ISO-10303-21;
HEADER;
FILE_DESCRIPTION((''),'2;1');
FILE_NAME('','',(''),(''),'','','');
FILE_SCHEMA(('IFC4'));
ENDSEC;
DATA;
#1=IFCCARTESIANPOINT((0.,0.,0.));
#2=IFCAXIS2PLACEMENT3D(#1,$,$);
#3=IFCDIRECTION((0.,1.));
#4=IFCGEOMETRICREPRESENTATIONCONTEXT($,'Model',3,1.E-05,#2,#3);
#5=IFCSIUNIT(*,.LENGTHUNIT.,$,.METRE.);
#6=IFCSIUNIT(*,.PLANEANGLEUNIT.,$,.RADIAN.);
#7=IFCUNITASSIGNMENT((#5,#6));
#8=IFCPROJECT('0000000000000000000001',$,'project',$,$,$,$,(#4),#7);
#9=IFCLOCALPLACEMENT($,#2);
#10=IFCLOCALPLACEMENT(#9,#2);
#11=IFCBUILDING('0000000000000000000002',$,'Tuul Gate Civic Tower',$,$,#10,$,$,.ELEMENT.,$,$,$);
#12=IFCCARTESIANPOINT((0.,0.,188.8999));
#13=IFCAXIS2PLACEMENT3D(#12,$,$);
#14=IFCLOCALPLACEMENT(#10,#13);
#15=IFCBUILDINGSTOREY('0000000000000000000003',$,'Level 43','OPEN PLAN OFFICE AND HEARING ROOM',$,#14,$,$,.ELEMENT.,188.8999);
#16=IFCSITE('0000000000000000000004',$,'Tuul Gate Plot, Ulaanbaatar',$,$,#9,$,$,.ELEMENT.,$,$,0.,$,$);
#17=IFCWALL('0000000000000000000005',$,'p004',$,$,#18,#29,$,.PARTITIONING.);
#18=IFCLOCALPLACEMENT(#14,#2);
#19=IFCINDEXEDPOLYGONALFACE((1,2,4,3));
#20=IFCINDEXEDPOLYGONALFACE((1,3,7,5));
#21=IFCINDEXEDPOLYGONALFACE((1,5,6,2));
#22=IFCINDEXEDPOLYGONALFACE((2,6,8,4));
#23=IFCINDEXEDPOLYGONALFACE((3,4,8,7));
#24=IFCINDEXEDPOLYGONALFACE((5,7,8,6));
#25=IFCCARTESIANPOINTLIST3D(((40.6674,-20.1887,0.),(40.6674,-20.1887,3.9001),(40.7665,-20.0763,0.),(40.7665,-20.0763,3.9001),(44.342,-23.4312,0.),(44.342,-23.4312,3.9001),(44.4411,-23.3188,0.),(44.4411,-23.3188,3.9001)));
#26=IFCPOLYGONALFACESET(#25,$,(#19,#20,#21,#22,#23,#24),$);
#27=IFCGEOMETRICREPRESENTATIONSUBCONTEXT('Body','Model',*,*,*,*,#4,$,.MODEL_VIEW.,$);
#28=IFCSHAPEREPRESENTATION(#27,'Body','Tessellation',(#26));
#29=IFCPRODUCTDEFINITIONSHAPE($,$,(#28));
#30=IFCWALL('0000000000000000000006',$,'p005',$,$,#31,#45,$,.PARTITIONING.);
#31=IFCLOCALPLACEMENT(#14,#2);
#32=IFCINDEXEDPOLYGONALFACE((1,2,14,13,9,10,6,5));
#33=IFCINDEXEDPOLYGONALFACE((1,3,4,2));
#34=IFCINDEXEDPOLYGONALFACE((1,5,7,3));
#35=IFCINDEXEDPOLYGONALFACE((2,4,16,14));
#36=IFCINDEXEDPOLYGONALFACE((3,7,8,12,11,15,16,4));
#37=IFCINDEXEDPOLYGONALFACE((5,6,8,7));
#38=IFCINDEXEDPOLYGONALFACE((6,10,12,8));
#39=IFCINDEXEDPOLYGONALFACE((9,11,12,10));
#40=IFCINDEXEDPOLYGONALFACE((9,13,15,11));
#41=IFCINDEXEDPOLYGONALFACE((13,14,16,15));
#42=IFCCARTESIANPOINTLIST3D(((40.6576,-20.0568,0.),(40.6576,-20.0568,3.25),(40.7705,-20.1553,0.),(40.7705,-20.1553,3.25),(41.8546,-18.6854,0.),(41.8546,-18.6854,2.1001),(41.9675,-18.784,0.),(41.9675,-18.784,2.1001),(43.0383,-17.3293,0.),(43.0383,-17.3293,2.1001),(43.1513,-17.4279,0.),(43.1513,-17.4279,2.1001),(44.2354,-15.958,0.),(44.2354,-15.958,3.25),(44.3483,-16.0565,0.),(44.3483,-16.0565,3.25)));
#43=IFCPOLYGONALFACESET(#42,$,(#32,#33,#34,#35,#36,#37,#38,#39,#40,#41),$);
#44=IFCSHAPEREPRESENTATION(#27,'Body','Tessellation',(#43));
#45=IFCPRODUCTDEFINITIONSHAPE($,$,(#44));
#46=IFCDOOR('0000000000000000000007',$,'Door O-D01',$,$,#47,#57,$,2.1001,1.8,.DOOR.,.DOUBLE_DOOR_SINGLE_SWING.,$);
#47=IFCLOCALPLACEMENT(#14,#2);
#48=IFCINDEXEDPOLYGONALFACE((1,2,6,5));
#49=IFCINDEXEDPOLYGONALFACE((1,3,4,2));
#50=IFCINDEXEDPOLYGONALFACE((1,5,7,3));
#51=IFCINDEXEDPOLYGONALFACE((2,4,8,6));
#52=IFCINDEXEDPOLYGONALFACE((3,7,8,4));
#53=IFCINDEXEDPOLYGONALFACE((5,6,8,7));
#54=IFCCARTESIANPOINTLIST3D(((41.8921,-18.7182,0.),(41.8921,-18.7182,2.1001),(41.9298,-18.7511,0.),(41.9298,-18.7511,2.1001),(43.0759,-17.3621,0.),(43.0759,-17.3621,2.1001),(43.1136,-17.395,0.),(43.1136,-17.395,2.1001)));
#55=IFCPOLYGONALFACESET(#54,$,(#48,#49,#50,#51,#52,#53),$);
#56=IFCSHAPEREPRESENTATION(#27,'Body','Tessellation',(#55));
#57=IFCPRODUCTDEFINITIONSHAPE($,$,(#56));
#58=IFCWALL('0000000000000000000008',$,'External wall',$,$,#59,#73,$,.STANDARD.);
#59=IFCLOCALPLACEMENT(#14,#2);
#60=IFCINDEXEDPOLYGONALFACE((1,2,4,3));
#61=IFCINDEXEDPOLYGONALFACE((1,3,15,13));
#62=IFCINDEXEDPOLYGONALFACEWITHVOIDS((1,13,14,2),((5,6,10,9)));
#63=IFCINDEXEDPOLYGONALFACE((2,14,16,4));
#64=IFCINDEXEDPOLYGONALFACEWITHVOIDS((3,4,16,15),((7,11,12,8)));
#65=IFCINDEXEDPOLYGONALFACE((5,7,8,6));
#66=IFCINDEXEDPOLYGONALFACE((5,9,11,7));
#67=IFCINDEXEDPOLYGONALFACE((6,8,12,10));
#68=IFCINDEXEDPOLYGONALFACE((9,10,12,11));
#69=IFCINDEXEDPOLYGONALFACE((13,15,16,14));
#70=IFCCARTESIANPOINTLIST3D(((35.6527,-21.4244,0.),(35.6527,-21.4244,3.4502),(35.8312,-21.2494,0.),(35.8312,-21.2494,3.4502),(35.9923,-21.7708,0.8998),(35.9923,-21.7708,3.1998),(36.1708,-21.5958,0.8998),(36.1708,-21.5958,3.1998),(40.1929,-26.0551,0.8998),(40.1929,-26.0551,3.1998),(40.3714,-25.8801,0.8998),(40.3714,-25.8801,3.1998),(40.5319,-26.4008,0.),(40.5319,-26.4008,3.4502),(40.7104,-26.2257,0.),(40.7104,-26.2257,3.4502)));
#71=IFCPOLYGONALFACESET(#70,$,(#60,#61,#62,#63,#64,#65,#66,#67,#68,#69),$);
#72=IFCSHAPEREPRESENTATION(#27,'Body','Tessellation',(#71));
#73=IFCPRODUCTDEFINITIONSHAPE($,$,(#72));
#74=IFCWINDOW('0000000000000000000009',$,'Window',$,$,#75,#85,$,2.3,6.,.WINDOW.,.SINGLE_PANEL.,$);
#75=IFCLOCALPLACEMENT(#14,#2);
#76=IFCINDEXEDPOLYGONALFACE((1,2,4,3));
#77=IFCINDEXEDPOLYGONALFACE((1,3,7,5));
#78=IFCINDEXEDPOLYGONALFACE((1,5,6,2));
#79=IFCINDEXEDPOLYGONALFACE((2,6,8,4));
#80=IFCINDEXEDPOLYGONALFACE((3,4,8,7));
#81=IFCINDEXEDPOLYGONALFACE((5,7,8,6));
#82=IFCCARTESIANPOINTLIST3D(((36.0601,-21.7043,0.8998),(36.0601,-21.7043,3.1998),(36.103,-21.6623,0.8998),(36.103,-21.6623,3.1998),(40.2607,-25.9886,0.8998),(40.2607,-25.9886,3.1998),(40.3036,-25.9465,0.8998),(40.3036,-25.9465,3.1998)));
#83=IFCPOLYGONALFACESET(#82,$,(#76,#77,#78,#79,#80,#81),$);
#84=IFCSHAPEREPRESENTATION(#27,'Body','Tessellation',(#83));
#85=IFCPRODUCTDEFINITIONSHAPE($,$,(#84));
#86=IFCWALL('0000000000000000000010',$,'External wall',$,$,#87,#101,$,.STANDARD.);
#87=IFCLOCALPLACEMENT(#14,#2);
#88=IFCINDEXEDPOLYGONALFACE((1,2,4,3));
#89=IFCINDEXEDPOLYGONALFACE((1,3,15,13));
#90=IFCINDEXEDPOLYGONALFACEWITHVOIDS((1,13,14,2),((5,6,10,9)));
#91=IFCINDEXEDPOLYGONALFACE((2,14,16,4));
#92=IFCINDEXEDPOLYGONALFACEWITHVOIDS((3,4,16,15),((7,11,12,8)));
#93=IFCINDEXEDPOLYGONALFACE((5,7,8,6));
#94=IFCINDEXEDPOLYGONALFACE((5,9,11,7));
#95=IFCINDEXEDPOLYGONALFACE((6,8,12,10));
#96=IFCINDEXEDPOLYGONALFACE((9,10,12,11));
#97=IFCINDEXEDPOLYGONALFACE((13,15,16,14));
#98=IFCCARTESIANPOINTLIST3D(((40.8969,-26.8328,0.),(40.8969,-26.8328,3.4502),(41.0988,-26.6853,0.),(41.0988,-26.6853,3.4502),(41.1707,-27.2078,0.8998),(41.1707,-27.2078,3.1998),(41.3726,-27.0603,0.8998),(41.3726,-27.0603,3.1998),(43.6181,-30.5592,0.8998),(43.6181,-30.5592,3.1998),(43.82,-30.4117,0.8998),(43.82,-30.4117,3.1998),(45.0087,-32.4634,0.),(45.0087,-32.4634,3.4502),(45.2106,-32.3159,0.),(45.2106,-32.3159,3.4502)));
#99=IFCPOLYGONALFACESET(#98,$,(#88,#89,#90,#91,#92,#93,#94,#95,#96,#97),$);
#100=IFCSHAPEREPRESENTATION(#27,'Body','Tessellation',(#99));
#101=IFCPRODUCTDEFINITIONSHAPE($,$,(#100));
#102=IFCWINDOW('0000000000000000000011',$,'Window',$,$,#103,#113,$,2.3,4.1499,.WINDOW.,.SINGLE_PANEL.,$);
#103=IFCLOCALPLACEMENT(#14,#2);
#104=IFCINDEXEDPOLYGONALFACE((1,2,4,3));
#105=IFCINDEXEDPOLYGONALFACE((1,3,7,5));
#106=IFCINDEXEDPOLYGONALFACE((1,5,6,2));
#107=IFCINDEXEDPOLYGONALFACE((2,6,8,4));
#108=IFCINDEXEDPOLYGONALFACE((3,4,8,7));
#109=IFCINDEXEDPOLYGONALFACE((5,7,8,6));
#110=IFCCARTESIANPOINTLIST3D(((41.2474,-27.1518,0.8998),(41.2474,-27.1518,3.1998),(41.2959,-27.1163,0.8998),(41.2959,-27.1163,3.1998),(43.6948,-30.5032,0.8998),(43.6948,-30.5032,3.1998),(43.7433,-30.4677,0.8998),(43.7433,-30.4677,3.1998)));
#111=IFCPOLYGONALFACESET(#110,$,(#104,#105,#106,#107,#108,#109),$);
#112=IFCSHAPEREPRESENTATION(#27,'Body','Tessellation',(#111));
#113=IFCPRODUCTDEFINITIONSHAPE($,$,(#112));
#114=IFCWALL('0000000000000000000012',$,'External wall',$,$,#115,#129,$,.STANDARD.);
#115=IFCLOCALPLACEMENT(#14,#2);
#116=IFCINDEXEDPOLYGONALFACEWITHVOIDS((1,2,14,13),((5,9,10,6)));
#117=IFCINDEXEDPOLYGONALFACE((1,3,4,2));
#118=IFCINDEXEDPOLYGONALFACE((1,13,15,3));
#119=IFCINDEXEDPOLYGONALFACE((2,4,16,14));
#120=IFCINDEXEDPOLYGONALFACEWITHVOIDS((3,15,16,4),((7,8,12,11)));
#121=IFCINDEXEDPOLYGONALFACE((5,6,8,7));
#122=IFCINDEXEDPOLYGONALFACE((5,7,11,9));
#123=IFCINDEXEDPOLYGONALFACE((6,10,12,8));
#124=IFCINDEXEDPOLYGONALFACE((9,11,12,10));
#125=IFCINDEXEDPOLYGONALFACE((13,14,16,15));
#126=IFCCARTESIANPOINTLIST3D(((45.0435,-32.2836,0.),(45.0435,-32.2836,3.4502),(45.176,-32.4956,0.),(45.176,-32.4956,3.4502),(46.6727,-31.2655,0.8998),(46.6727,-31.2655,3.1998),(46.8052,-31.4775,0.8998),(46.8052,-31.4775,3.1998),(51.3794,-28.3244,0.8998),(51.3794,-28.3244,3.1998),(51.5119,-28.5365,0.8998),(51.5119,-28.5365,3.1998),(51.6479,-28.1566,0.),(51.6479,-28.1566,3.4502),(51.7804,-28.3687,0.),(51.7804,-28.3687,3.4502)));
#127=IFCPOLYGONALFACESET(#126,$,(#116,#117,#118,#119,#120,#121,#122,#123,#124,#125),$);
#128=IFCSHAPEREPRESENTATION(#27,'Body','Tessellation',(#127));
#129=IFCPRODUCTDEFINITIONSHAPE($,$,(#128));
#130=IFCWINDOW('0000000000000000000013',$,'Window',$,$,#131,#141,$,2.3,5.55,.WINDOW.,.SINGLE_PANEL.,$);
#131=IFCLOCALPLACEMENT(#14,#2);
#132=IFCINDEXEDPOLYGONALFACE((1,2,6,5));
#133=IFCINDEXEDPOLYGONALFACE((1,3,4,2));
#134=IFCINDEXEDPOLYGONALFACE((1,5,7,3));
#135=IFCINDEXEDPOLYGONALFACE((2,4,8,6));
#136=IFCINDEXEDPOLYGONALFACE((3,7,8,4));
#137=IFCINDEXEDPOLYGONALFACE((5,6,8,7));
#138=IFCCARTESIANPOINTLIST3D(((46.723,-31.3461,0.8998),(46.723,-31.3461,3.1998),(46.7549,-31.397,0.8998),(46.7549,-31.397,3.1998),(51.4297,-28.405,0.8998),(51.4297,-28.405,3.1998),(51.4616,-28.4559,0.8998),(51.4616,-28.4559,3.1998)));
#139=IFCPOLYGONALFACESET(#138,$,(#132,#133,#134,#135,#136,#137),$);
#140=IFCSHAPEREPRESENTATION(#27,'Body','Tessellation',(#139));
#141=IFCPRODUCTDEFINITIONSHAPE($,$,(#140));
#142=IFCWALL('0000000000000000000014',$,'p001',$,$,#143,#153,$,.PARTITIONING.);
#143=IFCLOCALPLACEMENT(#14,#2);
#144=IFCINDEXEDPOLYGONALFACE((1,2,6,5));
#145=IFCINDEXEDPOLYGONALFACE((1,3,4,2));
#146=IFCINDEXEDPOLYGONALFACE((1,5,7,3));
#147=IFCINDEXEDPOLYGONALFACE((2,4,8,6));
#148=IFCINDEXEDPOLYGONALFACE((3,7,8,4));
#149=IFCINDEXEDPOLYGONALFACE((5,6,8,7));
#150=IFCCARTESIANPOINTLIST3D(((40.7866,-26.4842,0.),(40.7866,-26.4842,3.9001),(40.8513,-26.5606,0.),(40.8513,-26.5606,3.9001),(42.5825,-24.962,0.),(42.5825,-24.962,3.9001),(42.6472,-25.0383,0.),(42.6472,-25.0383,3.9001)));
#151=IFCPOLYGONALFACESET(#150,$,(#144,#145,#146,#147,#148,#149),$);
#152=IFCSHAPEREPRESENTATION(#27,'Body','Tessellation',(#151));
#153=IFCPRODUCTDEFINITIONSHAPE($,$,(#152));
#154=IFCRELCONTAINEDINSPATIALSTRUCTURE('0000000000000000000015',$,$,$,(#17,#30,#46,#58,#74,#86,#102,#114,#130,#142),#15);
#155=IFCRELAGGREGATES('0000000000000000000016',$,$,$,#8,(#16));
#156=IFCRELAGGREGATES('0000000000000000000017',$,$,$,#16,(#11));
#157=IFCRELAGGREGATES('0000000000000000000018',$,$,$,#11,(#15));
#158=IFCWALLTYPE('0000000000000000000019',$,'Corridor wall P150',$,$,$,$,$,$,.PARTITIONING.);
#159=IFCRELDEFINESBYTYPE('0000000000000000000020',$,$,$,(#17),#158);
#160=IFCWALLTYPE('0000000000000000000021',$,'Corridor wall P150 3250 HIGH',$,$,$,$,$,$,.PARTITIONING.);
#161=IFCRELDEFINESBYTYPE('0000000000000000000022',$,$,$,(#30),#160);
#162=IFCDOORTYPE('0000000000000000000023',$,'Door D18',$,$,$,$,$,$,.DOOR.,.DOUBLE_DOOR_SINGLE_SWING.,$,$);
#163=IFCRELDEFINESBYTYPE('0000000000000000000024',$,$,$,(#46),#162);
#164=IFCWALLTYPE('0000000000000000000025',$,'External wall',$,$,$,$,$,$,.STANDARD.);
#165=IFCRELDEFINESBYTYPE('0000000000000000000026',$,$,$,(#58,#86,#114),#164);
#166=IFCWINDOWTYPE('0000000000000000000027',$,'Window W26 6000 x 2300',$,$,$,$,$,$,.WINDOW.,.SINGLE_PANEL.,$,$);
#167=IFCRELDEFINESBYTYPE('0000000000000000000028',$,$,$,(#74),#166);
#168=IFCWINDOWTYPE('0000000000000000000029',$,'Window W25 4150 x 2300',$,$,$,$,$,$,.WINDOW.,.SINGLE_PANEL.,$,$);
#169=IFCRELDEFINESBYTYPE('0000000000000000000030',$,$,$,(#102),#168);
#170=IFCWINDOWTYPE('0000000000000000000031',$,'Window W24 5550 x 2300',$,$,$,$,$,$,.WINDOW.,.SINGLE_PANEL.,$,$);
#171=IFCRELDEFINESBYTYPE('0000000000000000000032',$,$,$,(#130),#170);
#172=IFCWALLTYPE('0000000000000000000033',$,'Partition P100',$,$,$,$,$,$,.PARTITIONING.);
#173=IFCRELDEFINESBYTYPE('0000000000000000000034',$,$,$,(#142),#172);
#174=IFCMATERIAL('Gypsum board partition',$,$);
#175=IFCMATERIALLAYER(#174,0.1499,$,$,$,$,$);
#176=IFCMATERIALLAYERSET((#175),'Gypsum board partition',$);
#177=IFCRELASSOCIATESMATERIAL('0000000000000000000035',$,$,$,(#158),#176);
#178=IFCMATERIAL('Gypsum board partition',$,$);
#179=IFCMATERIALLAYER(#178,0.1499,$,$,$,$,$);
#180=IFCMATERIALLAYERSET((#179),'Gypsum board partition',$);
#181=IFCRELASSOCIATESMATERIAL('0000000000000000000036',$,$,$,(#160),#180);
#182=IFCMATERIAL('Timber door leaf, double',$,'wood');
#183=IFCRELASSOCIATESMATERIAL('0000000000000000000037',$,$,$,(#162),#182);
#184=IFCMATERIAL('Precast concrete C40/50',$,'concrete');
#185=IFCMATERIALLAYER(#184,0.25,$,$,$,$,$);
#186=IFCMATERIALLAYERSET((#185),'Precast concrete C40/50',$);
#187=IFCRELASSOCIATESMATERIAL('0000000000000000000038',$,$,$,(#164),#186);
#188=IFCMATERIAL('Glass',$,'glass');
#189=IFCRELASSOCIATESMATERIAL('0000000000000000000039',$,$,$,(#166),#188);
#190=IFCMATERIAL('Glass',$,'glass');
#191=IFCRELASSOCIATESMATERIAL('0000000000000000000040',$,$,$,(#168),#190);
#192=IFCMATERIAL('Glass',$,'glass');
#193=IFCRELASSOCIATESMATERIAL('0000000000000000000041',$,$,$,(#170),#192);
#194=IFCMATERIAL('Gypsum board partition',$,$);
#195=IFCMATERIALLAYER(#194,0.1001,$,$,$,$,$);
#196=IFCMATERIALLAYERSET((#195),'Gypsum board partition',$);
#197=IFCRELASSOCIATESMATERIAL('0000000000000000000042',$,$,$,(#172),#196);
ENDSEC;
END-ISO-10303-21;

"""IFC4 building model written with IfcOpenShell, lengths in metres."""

from ifc_helpers import new_model, si_unit, direction, frame, frame_2d, origin, place, context, subcontext, project, spatial, rectangle, extrude, material, layer, layer_set, type_object, element, fill, save


model = new_model("IFC4")

# Units and contexts
model_context = context("Model", 3, precision=1e-05, world=origin(), true_north=direction((0.0, 1.0)))
body_context = subcontext(model_context, "Body", "Model", "MODEL_VIEW")
ifc_project = project(units=[si_unit("LENGTHUNIT", "METRE"), si_unit("PLANEANGLEUNIT", "RADIAN")], contexts=[model_context])

# Site, building, storey
site_placement = place(None, origin())
site = spatial("IfcSite", under=ifc_project, at=site_placement, Name="Tuul Gate Plot, Ulaanbaatar", CompositionType="ELEMENT", RefElevation=0.0)
building_placement = place(site_placement, origin())
building = spatial("IfcBuilding", under=site, at=building_placement, Name="Tuul Gate Civic Tower", CompositionType="ELEMENT")
storey_placement = place(building_placement, frame((0.0, 0.0, 188.8999)))
storey = spatial("IfcBuildingStorey", under=building, at=storey_placement, Name="Level 43", Description="OPEN PLAN OFFICE AND HEARING ROOM", CompositionType="ELEMENT", Elevation=188.8999)

# Wall
ifc_material_1 = material(Name="Gypsum board partition")
ifc_layer_1 = layer(ifc_material_1, 0.1499)
ifc_layer_set_1 = layer_set([ifc_layer_1], Name="Gypsum board partition")
wall_type_1 = type_object("IfcWallType", Name="Corridor wall P150", PredefinedType="PARTITIONING", material=ifc_layer_set_1)
wall_1_placement = place(storey_placement, frame((40.717, -20.1326, 0.0), z_axis=(0.0, 0.0, 1.0), x_axis=(0.74982, -0.661641, 0.0)))
element("IfcWall", 1, at=wall_1_placement, inside=storey, type_object=wall_type_1, Name="p004", PredefinedType="PARTITIONING", context=body_context, shape_type="SweptSolid", body=[
    extrude(rectangle(XDim=4.9006, YDim=0.1499, at=frame_2d((2.4502, 0.0))), origin(), (0.0, 0.0, 1.0), 3.9001),
])

# Wall, opening, door
ifc_material_2 = material(Name="Gypsum board partition")
ifc_layer_2 = layer(ifc_material_2, 0.1499)
ifc_layer_set_2 = layer_set([ifc_layer_2], Name="Gypsum board partition")
wall_type_2 = type_object("IfcWallType", Name="Corridor wall P150 3250 HIGH", PredefinedType="PARTITIONING", material=ifc_layer_set_2)
wall_2_placement = place(storey_placement, frame((40.7141, -20.106, 0.0), z_axis=(0.0, 0.0, 1.0), x_axis=(0.657605, 0.753363, 0.0)))
wall_2 = element("IfcWall", 2, at=wall_2_placement, inside=storey, type_object=wall_type_2, Name="p005", PredefinedType="PARTITIONING", context=body_context, shape_type="SweptSolid", body=[
    extrude(rectangle(XDim=5.4407, YDim=0.1499, at=frame_2d((2.7202, 0.0))), origin(), (0.0, 0.0, 1.0), 3.25),
])
opening_1_placement = place(wall_2_placement, frame((1.8203, 0.0, 0.0)))
opening_1 = element("IfcOpeningElement", 3, at=opening_1_placement, cuts=wall_2, PredefinedType="OPENING", context=body_context, shape_type="SweptSolid", body=[
    extrude(rectangle(XDim=1.8, YDim=2.1001, at=frame_2d((0.8999, 1.05))), frame((0.0, 0.085, 0.0), z_axis=(0.0, -1.0, 0.0), x_axis=(1.0, 0.0, 0.0)), (0.0, 0.0, 1.0), 0.1699),
])
ifc_material_3 = material(Name="Timber door leaf, double", Category="wood")
door_type = type_object("IfcDoorType", Name="Door D18", OperationType="DOUBLE_DOOR_SINGLE_SWING", PredefinedType="DOOR", material=ifc_material_3)
door_placement = place(opening_1_placement, frame((1.8, 0.0, 0.0), z_axis=(0.0, 0.0, 1.0), x_axis=(-1.0, 0.0, 0.0)))
door = element("IfcDoor", 4, at=door_placement, inside=storey, type_object=door_type, Name="Door O-D01", OperationType="DOUBLE_DOOR_SINGLE_SWING", OverallHeight=2.1001, OverallWidth=1.8, PredefinedType="DOOR", context=body_context, shape_type="SweptSolid", body=[
    extrude(rectangle(XDim=1.8, YDim=2.1001, at=frame_2d((0.9001, 1.05))), frame((0.0, 0.0249, 0.0), z_axis=(0.0, -1.0, 0.0), x_axis=(1.0, 0.0, 0.0)), (0.0, 0.0, 1.0), 0.05),
])
fill(opening_1, door)

# Walls, openings, windows
ifc_material_4 = material(Name="Precast concrete C40/50", Category="concrete")
ifc_layer_3 = layer(ifc_material_4, 0.25)
ifc_layer_set_3 = layer_set([ifc_layer_3], Name="Precast concrete C40/50")
wall_type_3 = type_object("IfcWallType", Name="External wall", PredefinedType="STANDARD", material=ifc_layer_set_3)
wall_3_placement = place(storey_placement, frame((35.7419, -21.3369, 0.0), z_axis=(0.0, 0.0, 1.0), x_axis=(0.700101, -0.714044, 0.0)))
wall_3 = element("IfcWall", 5, at=wall_3_placement, inside=storey, type_object=wall_type_3, Name="External wall", PredefinedType="STANDARD", context=body_context, shape_type="SweptSolid", body=[
    extrude(rectangle(XDim=6.9692, YDim=0.25, at=frame_2d((3.4846, 0.0))), origin(), (0.0, 0.0, 1.0), 3.4502),
])
opening_2_placement = place(wall_3_placement, frame((0.4851, 0.0, 0.8999)))
opening_2 = element("IfcOpeningElement", 6, at=opening_2_placement, cuts=wall_3, PredefinedType="OPENING", context=body_context, shape_type="SweptSolid", body=[
    extrude(rectangle(XDim=6.0, YDim=2.3, at=frame_2d((3.0, 1.1499))), frame((0.0, 0.135, 0.0), z_axis=(0.0, -1.0, 0.0), x_axis=(1.0, 0.0, 0.0)), (0.0, 0.0, 1.0), 0.27),
])
ifc_material_5 = material(Name="Glass", Category="glass")
window_type_1 = type_object("IfcWindowType", Name="Window W26 6000 x 2300", PartitioningType="SINGLE_PANEL", PredefinedType="WINDOW", material=ifc_material_5)
window_1_placement = place(opening_2_placement, origin())
window_1 = element("IfcWindow", 7, at=window_1_placement, inside=storey, type_object=window_type_1, Name="Window", OverallHeight=2.3, OverallWidth=6.0, PartitioningType="SINGLE_PANEL", PredefinedType="WINDOW", context=body_context, shape_type="SweptSolid", body=[
    extrude(rectangle(XDim=6.0, YDim=2.3, at=frame_2d((3.0, 1.1499))), frame((0.0, 0.03, 0.0), z_axis=(0.0, -1.0, 0.0), x_axis=(1.0, 0.0, 0.0)), (0.0, 0.0, 1.0), 0.0601),
])
fill(opening_2, window_1)
wall_4_placement = place(storey_placement, frame((40.9978, -26.759, 0.0), z_axis=(0.0, 0.0, 1.0), x_axis=(0.589749, -0.807587, 0.0)))
wall_4 = element("IfcWall", 8, at=wall_4_placement, inside=storey, type_object=wall_type_3, Name="External wall", PredefinedType="STANDARD", context=body_context, shape_type="SweptSolid", body=[
    extrude(rectangle(XDim=6.9722, YDim=0.25, at=frame_2d((3.4861, 0.0))), origin(), (0.0, 0.0, 1.0), 3.4502),
])
opening_3_placement = place(wall_4_placement, frame((0.4644, 0.0, 0.8999)))
opening_3 = element("IfcOpeningElement", 9, at=opening_3_placement, cuts=wall_4, PredefinedType="OPENING", context=body_context, shape_type="SweptSolid", body=[
    extrude(rectangle(XDim=4.1499, YDim=2.3, at=frame_2d((2.075, 1.1499))), frame((0.0, 0.135, 0.0), z_axis=(0.0, -1.0, 0.0), x_axis=(1.0, 0.0, 0.0)), (0.0, 0.0, 1.0), 0.27),
])
ifc_material_6 = material(Name="Glass", Category="glass")
window_type_2 = type_object("IfcWindowType", Name="Window W25 4150 x 2300", PartitioningType="SINGLE_PANEL", PredefinedType="WINDOW", material=ifc_material_6)
window_2_placement = place(opening_3_placement, origin())
window_2 = element("IfcWindow", 10, at=window_2_placement, inside=storey, type_object=window_type_2, Name="Window", OverallHeight=2.3, OverallWidth=4.1499, PartitioningType="SINGLE_PANEL", PredefinedType="WINDOW", context=body_context, shape_type="SweptSolid", body=[
    extrude(rectangle(XDim=4.1499, YDim=2.3, at=frame_2d((2.075, 1.1499))), frame((0.0, 0.03, 0.0), z_axis=(0.0, -1.0, 0.0), x_axis=(1.0, 0.0, 0.0)), (0.0, 0.0, 1.0), 0.0601),
])
fill(opening_3, window_2)
wall_5_placement = place(storey_placement, frame((45.1096, -32.3896, 0.0), z_axis=(0.0, 0.0, 1.0), x_axis=(0.848048, 0.52992, 0.0)))
wall_5 = element("IfcWall", 11, at=wall_5_placement, inside=storey, type_object=wall_type_3, Name="External wall", PredefinedType="STANDARD", context=body_context, shape_type="SweptSolid", body=[
    extrude(rectangle(XDim=7.7878, YDim=0.25, at=frame_2d((3.894, 0.0))), origin(), (0.0, 0.0, 1.0), 3.4502),
])
opening_4_placement = place(wall_5_placement, frame((1.9214, 0.0, 0.8999)))
opening_4 = element("IfcOpeningElement", 12, at=opening_4_placement, cuts=wall_5, PredefinedType="OPENING", context=body_context, shape_type="SweptSolid", body=[
    extrude(rectangle(XDim=5.55, YDim=2.3, at=frame_2d((2.7749, 1.1499))), frame((0.0, 0.135, 0.0), z_axis=(0.0, -1.0, 0.0), x_axis=(1.0, 0.0, 0.0)), (0.0, 0.0, 1.0), 0.27),
])
ifc_material_7 = material(Name="Glass", Category="glass")
window_type_3 = type_object("IfcWindowType", Name="Window W24 5550 x 2300", PartitioningType="SINGLE_PANEL", PredefinedType="WINDOW", material=ifc_material_7)
window_3_placement = place(opening_4_placement, origin())
window_3 = element("IfcWindow", 13, at=window_3_placement, inside=storey, type_object=window_type_3, Name="Window", OverallHeight=2.3, OverallWidth=5.55, PartitioningType="SINGLE_PANEL", PredefinedType="WINDOW", context=body_context, shape_type="SweptSolid", body=[
    extrude(rectangle(XDim=5.55, YDim=2.3, at=frame_2d((2.7749, 1.1499))), frame((0.0, 0.03, 0.0), z_axis=(0.0, -1.0, 0.0), x_axis=(1.0, 0.0, 0.0)), (0.0, 0.0, 1.0), 0.0601),
])
fill(opening_4, window_3)

# Wall
ifc_material_8 = material(Name="Gypsum board partition")
ifc_layer_4 = layer(ifc_material_8, 0.1001)
ifc_layer_set_4 = layer_set([ifc_layer_4], Name="Gypsum board partition")
wall_type_4 = type_object("IfcWallType", Name="Partition P100", PredefinedType="PARTITIONING", material=ifc_layer_set_4)
wall_6_placement = place(storey_placement, frame((40.8188, -26.5225, 0.0), z_axis=(0.0, 0.0, 1.0), x_axis=(0.762839, 0.646588, 0.0)))
element("IfcWall", 14, at=wall_6_placement, inside=storey, type_object=wall_type_4, Name="p001", PredefinedType="PARTITIONING", context=body_context, shape_type="SweptSolid", body=[
    extrude(rectangle(XDim=2.3542, YDim=0.1001, at=frame_2d((1.1772, 0.0))), origin(), (0.0, 0.0, 1.0), 3.9001),
])

save(model, "model.ifc")
